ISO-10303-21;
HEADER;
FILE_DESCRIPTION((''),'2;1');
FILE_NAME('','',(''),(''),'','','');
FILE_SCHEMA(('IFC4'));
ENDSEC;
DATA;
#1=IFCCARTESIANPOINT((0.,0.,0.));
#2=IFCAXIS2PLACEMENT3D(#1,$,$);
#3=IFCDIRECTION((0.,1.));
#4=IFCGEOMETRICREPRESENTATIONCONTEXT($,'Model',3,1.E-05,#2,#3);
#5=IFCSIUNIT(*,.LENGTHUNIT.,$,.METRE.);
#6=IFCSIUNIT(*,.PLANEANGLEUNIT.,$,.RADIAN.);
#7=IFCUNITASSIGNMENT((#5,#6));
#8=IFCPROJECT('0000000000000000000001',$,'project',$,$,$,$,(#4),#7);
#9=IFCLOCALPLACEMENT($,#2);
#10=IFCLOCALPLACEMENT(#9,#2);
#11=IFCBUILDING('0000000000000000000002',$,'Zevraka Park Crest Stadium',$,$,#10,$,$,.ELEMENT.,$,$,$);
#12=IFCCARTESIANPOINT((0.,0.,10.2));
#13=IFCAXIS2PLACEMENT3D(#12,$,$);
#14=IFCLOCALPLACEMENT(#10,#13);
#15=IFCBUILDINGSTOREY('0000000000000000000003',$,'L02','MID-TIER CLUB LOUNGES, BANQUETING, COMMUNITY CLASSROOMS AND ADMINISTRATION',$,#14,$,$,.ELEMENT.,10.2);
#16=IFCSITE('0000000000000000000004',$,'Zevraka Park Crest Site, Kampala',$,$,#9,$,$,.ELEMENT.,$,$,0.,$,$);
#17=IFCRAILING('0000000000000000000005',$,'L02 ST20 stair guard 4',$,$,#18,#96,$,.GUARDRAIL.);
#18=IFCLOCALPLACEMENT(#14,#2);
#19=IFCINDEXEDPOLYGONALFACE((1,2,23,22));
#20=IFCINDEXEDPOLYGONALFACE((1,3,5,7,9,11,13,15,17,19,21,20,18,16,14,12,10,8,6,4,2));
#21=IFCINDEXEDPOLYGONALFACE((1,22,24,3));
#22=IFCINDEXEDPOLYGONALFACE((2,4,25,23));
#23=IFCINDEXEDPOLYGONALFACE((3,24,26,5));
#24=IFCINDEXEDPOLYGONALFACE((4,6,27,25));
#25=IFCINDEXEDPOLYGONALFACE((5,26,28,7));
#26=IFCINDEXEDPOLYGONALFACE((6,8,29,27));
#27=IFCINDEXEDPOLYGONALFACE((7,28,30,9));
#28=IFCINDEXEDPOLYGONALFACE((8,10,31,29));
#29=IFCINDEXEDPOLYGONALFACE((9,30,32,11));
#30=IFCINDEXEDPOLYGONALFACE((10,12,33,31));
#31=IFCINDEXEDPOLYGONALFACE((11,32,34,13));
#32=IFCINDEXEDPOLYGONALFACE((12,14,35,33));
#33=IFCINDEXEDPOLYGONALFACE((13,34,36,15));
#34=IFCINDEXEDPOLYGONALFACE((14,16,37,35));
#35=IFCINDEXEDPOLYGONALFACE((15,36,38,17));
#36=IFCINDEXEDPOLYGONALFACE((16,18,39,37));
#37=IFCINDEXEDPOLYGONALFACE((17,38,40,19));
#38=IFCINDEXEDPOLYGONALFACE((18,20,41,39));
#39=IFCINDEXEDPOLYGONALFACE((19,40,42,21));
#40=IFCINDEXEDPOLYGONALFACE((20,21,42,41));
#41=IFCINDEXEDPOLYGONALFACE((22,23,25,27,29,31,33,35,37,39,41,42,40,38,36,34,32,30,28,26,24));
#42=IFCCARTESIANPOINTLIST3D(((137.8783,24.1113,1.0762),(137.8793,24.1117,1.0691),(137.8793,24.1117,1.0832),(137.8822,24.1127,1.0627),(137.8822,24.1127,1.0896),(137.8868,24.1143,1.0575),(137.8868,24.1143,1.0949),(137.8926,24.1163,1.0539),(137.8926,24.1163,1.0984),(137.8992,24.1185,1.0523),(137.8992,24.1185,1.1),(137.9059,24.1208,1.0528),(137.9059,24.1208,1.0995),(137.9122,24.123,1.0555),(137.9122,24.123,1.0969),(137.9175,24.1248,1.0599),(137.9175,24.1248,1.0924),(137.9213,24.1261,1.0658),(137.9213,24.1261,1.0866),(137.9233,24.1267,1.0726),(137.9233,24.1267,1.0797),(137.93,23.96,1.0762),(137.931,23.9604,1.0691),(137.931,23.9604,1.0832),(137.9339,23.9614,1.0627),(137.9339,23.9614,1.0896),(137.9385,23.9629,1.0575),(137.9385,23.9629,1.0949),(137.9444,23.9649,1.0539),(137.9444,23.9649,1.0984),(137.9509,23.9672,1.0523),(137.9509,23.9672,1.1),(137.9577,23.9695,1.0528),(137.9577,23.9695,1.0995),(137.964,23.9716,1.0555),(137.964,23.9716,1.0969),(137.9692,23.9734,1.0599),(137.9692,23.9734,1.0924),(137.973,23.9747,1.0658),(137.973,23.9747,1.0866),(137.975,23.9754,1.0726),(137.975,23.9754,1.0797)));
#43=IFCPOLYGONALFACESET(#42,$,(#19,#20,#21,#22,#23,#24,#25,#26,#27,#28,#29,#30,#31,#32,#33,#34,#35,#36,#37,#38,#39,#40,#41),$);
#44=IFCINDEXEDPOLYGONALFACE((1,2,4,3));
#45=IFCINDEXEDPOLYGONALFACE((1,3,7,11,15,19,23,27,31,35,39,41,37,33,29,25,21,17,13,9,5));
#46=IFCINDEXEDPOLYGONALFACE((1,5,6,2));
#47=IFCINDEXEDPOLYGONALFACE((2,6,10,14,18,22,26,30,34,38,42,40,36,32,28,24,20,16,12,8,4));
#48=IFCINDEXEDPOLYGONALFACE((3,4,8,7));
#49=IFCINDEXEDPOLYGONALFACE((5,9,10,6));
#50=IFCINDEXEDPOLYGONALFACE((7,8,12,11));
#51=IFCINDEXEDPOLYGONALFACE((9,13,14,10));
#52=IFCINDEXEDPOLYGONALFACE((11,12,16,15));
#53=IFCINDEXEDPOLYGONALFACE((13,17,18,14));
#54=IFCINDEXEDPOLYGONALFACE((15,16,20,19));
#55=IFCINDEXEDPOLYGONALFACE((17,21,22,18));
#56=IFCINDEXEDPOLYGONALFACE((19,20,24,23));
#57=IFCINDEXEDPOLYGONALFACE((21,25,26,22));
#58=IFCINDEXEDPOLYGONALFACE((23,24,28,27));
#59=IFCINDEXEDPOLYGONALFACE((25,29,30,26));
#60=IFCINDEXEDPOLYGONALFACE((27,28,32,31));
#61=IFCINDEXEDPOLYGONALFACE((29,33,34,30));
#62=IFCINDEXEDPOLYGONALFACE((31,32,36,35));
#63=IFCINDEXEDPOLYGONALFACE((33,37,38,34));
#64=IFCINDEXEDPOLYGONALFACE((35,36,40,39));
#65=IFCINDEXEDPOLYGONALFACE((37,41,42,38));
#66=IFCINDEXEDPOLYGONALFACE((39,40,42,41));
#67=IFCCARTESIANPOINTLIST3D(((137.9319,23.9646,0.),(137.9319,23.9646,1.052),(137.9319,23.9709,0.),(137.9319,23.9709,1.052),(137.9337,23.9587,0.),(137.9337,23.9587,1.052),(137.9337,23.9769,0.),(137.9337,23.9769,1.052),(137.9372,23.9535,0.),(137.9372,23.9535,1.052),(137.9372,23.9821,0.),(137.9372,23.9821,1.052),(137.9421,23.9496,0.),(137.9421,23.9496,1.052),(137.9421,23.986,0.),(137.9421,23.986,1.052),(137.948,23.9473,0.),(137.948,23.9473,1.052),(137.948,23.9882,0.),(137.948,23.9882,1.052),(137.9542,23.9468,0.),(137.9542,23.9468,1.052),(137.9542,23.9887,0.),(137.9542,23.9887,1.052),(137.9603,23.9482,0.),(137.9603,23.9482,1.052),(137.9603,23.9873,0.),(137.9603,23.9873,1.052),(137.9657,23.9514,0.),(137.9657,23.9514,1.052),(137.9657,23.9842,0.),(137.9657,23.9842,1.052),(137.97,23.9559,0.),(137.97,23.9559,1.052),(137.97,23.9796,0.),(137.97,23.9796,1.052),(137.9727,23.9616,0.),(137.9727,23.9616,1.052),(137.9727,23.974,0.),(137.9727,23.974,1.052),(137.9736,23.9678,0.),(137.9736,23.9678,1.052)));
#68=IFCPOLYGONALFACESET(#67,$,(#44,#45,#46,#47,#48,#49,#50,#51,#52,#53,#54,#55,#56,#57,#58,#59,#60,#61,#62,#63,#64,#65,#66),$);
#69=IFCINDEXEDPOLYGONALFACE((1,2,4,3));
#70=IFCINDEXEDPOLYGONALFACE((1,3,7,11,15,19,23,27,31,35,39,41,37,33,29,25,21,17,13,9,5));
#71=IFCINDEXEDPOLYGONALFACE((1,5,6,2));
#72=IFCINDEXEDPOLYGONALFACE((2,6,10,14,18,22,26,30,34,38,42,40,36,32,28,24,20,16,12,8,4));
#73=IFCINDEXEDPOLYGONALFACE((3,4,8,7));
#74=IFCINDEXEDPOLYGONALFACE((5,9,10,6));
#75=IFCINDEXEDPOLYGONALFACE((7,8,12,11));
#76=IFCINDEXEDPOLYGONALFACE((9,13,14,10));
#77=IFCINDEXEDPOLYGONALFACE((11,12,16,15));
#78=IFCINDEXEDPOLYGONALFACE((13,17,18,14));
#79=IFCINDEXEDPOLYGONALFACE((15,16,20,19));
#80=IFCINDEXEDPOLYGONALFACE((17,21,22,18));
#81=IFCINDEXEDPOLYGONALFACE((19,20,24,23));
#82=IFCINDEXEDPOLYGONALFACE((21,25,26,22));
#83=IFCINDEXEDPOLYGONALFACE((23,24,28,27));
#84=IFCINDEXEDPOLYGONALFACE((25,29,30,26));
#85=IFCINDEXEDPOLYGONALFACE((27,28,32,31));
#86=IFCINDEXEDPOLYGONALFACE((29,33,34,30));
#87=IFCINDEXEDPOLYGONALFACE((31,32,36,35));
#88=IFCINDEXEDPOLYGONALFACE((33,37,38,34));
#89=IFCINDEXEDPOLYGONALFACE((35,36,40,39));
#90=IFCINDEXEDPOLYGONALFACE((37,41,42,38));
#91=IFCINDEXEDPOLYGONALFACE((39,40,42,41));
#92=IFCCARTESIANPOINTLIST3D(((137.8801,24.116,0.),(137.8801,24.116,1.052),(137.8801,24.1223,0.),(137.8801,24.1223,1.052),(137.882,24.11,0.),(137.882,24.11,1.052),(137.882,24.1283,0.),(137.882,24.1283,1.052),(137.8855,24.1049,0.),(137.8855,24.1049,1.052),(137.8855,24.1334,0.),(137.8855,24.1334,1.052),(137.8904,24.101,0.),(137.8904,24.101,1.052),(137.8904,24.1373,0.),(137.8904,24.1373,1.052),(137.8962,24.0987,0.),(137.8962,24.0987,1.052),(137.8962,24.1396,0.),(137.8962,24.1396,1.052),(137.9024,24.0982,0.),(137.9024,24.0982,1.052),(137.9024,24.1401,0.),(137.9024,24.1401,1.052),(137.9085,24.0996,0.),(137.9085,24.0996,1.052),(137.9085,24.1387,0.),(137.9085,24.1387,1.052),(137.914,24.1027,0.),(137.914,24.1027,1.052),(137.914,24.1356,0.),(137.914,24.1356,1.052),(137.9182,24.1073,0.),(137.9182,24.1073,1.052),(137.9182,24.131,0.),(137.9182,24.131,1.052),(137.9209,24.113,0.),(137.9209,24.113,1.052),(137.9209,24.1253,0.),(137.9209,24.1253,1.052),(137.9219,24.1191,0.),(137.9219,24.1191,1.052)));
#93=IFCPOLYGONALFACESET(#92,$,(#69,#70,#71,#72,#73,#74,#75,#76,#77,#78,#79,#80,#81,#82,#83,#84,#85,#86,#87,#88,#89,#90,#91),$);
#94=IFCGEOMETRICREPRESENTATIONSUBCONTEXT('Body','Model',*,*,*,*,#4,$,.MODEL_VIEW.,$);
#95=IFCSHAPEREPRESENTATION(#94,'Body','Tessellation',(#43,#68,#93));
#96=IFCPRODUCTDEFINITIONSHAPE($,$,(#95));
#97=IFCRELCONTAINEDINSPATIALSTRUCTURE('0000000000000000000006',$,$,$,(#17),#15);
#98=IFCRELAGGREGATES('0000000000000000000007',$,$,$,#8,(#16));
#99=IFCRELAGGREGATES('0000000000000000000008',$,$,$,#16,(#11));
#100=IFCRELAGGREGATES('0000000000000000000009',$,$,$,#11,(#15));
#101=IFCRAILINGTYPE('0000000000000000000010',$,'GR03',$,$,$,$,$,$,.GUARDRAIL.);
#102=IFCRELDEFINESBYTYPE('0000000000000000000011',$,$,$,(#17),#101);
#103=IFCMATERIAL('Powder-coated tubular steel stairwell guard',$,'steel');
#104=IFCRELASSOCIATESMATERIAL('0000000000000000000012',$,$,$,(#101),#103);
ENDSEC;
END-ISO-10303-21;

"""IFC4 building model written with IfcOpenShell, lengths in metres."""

from ifc_helpers import new_model, si_unit, direction, frame, origin, origin_2d, place, context, subcontext, project, spatial, circle, extrude, material, type_object, element, save


model = new_model("IFC4")

# Units and contexts
model_context = context("Model", 3, precision=1e-05, world=origin(), true_north=direction((0.0, 1.0)))
body_context = subcontext(model_context, "Body", "Model", "MODEL_VIEW")
ifc_project = project(units=[si_unit("LENGTHUNIT", "METRE"), si_unit("PLANEANGLEUNIT", "RADIAN")], contexts=[model_context])

# Site, building, storey
site_placement = place(None, origin())
site = spatial("IfcSite", under=ifc_project, at=site_placement, Name="Zevraka Park Crest Site, Kampala", CompositionType="ELEMENT", RefElevation=0.0)
building_placement = place(site_placement, origin())
building = spatial("IfcBuilding", under=site, at=building_placement, Name="Zevraka Park Crest Stadium", CompositionType="ELEMENT")
storey_placement = place(building_placement, frame((0.0, 0.0, 10.2)))
storey = spatial("IfcBuildingStorey", under=building, at=storey_placement, Name="L02", Description="MID-TIER CLUB LOUNGES, BANQUETING, COMMUNITY CLASSROOMS AND ADMINISTRATION", CompositionType="ELEMENT", Elevation=10.2)

# Railing
ifc_material_1 = material(Name="Powder-coated tubular steel stairwell guard", Category="steel")
railing_type_1 = type_object("IfcRailingType", Name="GR03", PredefinedType="GUARDRAIL", material=ifc_material_1)
railing_1_placement = place(storey_placement, frame((137.9526, 23.9678, 0.0)))
element("IfcRailing", 1, at=railing_1_placement, inside=storey, type_object=railing_type_1, Name="L02 ST20 stair guard 4", PredefinedType="GUARDRAIL", context=body_context, shape_type="SweptSolid", body=[
    extrude(circle(Radius=0.0239, at=origin_2d()), frame((0.0, 0.0, 1.0762), z_axis=(-0.323544, 0.946213, 0.0), x_axis=(-0.946213, -0.323544, 0.0)), (0.0, 0.0, 1.0), 0.1599),
    extrude(circle(Radius=0.021, at=origin_2d()), origin(), (0.0, 0.0, 1.0), 1.052),
    extrude(circle(Radius=0.021, at=origin_2d()), frame((-0.0518, 0.1514, 0.0)), (0.0, 0.0, 1.0), 1.052),
])

save(model, "model.ifc")
